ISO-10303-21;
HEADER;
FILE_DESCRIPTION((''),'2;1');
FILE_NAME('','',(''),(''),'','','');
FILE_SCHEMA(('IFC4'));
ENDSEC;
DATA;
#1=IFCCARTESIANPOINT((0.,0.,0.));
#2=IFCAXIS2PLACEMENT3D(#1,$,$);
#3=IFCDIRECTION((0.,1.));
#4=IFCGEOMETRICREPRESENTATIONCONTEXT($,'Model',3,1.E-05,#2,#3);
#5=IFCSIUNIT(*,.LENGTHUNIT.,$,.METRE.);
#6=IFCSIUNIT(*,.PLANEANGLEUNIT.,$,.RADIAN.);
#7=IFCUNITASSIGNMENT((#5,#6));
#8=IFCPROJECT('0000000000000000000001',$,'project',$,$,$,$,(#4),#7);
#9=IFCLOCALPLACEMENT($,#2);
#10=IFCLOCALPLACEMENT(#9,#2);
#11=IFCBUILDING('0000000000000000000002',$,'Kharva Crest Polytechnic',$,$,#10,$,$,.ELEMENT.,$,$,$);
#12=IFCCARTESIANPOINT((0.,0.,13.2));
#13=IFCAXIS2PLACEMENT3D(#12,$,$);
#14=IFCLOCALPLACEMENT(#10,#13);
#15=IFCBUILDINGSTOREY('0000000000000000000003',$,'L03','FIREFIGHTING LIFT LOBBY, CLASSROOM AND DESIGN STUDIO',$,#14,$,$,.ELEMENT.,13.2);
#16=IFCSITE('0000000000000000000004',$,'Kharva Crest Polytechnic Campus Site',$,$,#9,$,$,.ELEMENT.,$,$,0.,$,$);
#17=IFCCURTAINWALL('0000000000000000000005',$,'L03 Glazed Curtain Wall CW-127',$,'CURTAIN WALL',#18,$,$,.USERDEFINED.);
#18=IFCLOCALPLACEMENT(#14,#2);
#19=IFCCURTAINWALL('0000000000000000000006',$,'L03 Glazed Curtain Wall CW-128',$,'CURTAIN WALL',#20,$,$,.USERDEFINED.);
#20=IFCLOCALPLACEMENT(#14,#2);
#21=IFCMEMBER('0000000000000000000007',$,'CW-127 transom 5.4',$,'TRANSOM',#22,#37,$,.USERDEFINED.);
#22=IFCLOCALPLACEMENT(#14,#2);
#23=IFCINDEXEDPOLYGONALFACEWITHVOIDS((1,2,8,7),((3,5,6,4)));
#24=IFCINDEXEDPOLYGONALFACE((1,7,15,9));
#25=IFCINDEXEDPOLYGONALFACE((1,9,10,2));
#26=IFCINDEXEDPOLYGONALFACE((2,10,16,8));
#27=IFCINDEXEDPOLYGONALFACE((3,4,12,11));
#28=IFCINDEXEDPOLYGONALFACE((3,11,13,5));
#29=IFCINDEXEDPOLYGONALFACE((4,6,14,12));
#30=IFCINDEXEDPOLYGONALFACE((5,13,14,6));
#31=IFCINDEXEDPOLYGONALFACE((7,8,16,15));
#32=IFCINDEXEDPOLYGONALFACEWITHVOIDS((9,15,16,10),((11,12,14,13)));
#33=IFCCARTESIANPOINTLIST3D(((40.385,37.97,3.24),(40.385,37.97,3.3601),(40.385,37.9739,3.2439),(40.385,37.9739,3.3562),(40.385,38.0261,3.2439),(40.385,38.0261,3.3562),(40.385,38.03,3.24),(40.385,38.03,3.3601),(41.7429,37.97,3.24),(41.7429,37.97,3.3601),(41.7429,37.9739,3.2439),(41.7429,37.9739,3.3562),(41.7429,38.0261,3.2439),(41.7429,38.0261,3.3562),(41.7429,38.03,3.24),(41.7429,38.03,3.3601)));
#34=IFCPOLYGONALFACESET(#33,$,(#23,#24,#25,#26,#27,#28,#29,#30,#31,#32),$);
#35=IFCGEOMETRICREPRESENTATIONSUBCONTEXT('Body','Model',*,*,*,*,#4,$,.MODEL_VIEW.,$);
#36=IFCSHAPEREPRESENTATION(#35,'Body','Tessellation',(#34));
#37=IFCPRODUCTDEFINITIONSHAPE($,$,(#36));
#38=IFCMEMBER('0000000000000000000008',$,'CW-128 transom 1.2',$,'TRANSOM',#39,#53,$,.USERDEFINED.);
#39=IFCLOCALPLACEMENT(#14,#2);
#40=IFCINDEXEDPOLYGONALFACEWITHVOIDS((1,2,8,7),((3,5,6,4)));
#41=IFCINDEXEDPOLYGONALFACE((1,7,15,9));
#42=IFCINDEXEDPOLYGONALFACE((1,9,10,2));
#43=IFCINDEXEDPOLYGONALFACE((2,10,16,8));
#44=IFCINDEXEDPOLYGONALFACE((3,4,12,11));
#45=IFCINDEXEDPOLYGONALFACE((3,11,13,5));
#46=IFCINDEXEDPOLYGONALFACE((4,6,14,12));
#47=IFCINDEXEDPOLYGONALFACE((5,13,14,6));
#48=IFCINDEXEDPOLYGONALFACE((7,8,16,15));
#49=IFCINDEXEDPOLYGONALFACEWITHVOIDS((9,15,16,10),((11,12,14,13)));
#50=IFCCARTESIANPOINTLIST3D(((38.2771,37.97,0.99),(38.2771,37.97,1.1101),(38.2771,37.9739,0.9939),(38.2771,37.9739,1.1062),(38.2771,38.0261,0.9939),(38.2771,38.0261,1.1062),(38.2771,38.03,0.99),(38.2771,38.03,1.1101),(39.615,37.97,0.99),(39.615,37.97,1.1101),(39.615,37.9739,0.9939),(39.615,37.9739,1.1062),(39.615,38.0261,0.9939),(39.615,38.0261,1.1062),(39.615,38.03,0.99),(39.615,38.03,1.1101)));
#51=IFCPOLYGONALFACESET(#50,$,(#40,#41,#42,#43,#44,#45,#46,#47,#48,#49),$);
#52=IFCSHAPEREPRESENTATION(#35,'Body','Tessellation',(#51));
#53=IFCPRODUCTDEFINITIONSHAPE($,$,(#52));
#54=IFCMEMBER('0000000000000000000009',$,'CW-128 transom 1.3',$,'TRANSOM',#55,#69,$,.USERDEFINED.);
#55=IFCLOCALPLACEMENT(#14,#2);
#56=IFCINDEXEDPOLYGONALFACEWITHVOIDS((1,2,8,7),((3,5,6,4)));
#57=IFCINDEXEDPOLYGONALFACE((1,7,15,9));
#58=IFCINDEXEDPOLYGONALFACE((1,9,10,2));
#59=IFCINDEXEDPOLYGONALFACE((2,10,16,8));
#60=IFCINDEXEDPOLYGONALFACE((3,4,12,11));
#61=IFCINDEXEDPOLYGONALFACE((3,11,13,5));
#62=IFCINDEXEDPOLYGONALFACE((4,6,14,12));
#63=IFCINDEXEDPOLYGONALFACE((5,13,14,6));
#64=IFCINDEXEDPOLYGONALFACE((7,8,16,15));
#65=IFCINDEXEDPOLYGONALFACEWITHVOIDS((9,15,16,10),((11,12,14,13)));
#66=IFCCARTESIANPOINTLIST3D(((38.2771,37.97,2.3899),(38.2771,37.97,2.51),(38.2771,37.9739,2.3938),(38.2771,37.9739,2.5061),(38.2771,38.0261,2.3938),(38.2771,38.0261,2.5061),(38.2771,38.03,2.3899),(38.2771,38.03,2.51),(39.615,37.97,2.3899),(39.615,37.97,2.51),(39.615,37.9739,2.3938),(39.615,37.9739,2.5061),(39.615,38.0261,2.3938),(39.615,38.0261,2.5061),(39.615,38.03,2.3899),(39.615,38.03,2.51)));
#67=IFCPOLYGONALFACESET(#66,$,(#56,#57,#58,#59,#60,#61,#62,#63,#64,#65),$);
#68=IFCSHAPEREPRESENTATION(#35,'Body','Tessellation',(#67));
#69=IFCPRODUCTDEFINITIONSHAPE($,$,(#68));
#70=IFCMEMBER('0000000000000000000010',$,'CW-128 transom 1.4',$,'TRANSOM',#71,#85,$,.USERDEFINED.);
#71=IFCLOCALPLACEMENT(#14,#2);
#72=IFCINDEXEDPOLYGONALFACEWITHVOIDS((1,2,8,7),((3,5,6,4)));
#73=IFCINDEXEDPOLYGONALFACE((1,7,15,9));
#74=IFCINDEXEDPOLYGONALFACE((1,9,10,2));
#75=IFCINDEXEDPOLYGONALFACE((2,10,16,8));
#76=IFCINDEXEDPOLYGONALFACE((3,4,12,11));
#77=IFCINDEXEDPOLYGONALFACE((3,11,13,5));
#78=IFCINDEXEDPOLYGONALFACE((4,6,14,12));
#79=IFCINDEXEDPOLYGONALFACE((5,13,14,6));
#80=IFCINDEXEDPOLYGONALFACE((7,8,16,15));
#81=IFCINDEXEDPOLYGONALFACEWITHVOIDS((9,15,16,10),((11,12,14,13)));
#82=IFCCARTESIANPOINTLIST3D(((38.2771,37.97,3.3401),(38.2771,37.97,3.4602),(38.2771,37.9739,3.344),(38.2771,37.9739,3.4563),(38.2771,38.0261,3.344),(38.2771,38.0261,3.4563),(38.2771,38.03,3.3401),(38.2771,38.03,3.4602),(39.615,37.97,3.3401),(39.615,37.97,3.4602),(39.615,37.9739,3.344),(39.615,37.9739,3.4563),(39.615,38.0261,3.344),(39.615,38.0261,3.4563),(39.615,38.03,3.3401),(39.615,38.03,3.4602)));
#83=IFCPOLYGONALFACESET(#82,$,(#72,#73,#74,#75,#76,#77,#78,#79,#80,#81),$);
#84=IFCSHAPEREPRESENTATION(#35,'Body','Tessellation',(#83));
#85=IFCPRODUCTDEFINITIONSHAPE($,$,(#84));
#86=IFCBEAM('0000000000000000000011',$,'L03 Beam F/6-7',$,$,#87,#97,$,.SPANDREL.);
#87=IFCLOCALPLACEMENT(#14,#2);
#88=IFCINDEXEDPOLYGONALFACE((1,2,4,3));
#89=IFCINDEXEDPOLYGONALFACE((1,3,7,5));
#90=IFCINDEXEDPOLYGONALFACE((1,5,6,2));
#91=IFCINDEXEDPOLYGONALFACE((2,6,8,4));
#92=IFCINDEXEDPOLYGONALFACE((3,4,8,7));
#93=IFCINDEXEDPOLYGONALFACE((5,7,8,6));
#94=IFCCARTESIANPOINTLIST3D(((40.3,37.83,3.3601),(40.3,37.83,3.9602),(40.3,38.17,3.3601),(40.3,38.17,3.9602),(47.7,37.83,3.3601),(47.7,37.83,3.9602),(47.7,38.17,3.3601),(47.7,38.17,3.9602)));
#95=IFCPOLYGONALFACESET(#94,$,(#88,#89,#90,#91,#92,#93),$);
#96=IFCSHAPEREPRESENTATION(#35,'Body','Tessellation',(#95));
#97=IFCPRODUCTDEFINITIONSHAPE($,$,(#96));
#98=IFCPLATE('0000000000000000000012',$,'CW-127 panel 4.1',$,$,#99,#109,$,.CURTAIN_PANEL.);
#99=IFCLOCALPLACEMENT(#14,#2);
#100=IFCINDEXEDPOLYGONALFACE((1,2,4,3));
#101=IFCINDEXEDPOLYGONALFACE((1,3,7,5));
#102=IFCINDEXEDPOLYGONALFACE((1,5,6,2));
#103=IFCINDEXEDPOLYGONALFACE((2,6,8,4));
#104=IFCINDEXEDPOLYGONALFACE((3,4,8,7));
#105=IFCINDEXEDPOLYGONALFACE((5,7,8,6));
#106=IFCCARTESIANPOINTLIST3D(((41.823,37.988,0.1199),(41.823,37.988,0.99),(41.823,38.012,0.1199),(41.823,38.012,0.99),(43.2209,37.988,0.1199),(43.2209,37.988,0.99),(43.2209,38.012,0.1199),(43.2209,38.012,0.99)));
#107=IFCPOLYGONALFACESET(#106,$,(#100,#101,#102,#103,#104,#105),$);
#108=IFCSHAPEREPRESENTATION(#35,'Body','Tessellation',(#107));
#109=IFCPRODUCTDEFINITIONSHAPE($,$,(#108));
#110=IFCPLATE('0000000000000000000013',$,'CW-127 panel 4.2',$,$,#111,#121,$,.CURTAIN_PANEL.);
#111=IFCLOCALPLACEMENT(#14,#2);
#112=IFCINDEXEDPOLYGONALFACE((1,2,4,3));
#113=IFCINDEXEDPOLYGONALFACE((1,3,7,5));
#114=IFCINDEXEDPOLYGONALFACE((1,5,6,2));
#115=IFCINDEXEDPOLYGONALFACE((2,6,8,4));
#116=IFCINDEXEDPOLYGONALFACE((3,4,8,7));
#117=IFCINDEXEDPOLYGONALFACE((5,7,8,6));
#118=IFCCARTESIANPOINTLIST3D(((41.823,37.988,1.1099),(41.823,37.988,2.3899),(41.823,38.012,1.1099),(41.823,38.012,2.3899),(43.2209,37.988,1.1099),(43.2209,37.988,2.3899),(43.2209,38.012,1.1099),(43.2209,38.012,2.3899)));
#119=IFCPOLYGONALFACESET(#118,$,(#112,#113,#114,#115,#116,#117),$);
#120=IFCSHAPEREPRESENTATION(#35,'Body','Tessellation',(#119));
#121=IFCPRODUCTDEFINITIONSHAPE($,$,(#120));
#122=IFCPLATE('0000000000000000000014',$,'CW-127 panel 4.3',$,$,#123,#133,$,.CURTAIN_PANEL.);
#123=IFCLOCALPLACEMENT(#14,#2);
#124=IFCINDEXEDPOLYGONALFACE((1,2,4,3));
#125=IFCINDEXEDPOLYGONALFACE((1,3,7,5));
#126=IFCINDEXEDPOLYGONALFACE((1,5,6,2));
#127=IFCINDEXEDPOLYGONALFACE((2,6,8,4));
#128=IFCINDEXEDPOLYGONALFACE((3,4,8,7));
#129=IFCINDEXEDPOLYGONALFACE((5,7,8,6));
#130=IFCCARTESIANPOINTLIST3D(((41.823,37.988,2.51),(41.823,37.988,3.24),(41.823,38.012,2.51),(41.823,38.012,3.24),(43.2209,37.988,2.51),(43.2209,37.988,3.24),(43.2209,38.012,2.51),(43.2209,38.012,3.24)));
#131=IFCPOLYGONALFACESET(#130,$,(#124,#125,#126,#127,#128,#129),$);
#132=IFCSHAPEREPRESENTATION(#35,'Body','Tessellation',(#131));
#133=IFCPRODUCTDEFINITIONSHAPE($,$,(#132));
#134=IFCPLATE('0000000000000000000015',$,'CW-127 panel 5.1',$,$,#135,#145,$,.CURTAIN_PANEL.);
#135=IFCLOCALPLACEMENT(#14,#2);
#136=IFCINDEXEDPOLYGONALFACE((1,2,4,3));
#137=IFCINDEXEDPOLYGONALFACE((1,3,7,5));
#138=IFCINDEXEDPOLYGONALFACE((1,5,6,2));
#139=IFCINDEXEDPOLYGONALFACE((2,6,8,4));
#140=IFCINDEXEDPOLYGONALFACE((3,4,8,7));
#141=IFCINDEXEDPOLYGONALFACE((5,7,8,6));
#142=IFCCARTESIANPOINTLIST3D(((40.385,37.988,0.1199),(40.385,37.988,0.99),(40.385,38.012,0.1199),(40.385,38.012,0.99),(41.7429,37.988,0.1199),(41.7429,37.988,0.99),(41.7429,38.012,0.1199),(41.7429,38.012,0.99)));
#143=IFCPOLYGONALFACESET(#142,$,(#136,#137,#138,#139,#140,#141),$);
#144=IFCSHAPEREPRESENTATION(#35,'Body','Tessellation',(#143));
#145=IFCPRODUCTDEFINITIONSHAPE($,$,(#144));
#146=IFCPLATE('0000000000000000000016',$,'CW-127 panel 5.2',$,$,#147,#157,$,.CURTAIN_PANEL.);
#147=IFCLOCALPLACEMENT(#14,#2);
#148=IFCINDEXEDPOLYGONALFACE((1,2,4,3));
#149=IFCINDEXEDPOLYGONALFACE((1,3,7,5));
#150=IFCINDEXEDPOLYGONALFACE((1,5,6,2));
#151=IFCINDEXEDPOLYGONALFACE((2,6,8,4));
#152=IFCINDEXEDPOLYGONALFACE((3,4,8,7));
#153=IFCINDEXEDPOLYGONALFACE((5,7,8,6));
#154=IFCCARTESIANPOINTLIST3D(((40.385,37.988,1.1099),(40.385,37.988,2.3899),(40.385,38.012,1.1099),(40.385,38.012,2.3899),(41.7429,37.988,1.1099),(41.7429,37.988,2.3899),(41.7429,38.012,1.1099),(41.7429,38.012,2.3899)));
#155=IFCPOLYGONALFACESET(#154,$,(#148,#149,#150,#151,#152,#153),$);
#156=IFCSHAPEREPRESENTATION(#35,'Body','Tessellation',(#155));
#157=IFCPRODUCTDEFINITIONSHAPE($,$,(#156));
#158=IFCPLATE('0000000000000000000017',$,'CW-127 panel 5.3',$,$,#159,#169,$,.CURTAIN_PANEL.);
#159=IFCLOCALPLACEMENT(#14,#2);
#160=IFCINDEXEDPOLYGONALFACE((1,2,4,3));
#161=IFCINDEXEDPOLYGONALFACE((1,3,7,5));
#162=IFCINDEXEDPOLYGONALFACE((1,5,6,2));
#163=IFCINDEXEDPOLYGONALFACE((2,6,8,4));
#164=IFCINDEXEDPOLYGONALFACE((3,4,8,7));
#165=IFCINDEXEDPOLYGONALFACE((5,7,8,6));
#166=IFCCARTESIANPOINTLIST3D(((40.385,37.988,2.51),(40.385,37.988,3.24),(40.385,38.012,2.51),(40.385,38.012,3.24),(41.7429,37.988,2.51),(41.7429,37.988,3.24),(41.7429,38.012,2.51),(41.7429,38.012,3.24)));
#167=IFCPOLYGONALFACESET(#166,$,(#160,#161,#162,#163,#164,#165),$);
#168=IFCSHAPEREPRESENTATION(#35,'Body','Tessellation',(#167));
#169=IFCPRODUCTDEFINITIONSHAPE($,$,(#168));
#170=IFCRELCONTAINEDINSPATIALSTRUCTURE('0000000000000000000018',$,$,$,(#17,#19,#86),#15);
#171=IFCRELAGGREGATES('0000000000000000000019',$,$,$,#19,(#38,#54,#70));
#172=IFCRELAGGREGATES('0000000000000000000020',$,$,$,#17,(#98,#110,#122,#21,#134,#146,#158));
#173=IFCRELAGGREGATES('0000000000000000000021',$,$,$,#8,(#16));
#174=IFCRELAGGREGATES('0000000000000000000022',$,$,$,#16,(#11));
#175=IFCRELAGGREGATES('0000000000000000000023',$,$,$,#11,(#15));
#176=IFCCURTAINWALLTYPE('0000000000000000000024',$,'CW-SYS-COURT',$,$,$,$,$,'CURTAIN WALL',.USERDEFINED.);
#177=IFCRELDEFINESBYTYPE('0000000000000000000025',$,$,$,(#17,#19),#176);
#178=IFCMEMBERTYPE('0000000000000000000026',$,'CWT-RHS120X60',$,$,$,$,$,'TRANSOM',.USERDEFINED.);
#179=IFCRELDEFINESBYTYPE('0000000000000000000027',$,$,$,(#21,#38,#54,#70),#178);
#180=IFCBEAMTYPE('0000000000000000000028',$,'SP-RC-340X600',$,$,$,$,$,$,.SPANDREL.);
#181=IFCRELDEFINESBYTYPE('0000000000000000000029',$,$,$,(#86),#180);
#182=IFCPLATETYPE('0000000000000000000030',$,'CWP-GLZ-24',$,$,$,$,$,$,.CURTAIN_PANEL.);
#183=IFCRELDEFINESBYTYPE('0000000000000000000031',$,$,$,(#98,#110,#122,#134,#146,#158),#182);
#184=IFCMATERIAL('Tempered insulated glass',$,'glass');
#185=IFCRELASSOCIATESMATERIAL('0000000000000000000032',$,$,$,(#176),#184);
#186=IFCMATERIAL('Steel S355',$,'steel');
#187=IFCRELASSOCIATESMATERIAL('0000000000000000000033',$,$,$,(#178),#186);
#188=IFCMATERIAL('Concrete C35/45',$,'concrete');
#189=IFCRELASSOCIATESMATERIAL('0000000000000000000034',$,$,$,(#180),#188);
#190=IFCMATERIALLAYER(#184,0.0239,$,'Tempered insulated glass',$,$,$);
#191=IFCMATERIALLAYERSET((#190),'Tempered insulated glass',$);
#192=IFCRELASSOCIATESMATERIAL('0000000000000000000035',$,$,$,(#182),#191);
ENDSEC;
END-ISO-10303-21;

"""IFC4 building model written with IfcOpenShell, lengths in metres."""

from ifc_helpers import new_model, si_unit, direction, frame, origin, origin_2d, place, context, subcontext, project, spatial, rectangle, hollow_rectangle, extrude, material, layer, layer_set, material_profile, profile_set, type_object, element, aggregate, save


model = new_model("IFC4")

# Units and contexts
model_context = context("Model", 3, precision=1e-05, world=origin(), true_north=direction((0.0, 1.0)))
body_context = subcontext(model_context, "Body", "Model", "MODEL_VIEW")
ifc_project = project(units=[si_unit("LENGTHUNIT", "METRE"), si_unit("PLANEANGLEUNIT", "RADIAN")], contexts=[model_context])

# Site, building, storey
site_placement = place(None, origin())
site = spatial("IfcSite", under=ifc_project, at=site_placement, Name="Kharva Crest Polytechnic Campus Site", CompositionType="ELEMENT", RefElevation=0.0)
building_placement = place(site_placement, origin())
building = spatial("IfcBuilding", under=site, at=building_placement, Name="Kharva Crest Polytechnic", CompositionType="ELEMENT")
storey_placement = place(building_placement, frame((0.0, 0.0, 13.2)))
storey = spatial("IfcBuildingStorey", under=building, at=storey_placement, Name="L03", Description="FIREFIGHTING LIFT LOBBY, CLASSROOM AND DESIGN STUDIO", CompositionType="ELEMENT", Elevation=13.2)

# Shared definitions
ifc_material_1 = material(Name="Concrete C35/45", Category="concrete")

# Curtain wall
ifc_material_2 = material(Name="Tempered insulated glass", Category="glass")
curtain_wall_type = type_object("IfcCurtainWallType", Name="CW-SYS-COURT", ElementType="CURTAIN WALL", PredefinedType="USERDEFINED", material=ifc_material_2)
curtain_wall_1_placement = place(storey_placement, origin())
curtain_wall_1 = element("IfcCurtainWall", 1, at=curtain_wall_1_placement, inside=storey, type_object=curtain_wall_type, Name="L03 Glazed Curtain Wall CW-127", ObjectType="CURTAIN WALL", PredefinedType="USERDEFINED")
ifc_material_3 = material(Name="Steel S355", Category="steel")

# Curtain wall
curtain_wall_2_placement = place(storey_placement, origin())
curtain_wall_2 = element("IfcCurtainWall", 2, at=curtain_wall_2_placement, inside=storey, type_object=curtain_wall_type, Name="L03 Glazed Curtain Wall CW-128", ObjectType="CURTAIN WALL", PredefinedType="USERDEFINED")

# Members
ifc_material_profile_1 = material_profile(ifc_material_3, hollow_rectangle(XDim=0.0601, YDim=0.1201, WallThickness=0.0039, at=origin_2d()), Name="RHS 120X60X4.0")
ifc_profile_set_1 = profile_set([ifc_material_profile_1], Name="Steel S355")
member_type_1 = type_object("IfcMemberType", Name="CWT-RHS120X60", ElementType="TRANSOM", PredefinedType="USERDEFINED", material=ifc_profile_set_1)
member_1_placement = place(storey_placement, frame((41.7429, 38.0, 3.3), z_axis=(-1.0, 0.0, 0.0), x_axis=(0.0, -1.0, 0.0)))
member_1 = element("IfcMember", 3, at=member_1_placement, type_object=member_type_1, Name="CW-127 transom 5.4", ObjectType="TRANSOM", PredefinedType="USERDEFINED", context=body_context, shape_type="SweptSolid", body=[
    extrude(hollow_rectangle(XDim=0.0601, YDim=0.1201, WallThickness=0.0039, at=origin_2d()), origin(), (0.0, 0.0, 1.0), 1.3579),
])
member_2_placement = place(storey_placement, frame((39.615, 38.0, 1.05), z_axis=(-1.0, 0.0, 0.0), x_axis=(0.0, -1.0, 0.0)))
member_2 = element("IfcMember", 4, at=member_2_placement, type_object=member_type_1, Name="CW-128 transom 1.2", ObjectType="TRANSOM", PredefinedType="USERDEFINED", context=body_context, shape_type="SweptSolid", body=[
    extrude(hollow_rectangle(XDim=0.0601, YDim=0.1201, WallThickness=0.0039, at=origin_2d()), origin(), (0.0, 0.0, 1.0), 1.3379),
])
member_3_placement = place(storey_placement, frame((39.615, 38.0, 2.45), z_axis=(-1.0, 0.0, 0.0), x_axis=(0.0, -1.0, 0.0)))
member_3 = element("IfcMember", 5, at=member_3_placement, type_object=member_type_1, Name="CW-128 transom 1.3", ObjectType="TRANSOM", PredefinedType="USERDEFINED", context=body_context, shape_type="SweptSolid", body=[
    extrude(hollow_rectangle(XDim=0.0601, YDim=0.1201, WallThickness=0.0039, at=origin_2d()), origin(), (0.0, 0.0, 1.0), 1.3379),
])
member_4_placement = place(storey_placement, frame((39.615, 38.0, 3.4001), z_axis=(-1.0, 0.0, 0.0), x_axis=(0.0, -1.0, 0.0)))
member_4 = element("IfcMember", 6, at=member_4_placement, type_object=member_type_1, Name="CW-128 transom 1.4", ObjectType="TRANSOM", PredefinedType="USERDEFINED", context=body_context, shape_type="SweptSolid", body=[
    extrude(hollow_rectangle(XDim=0.0601, YDim=0.1201, WallThickness=0.0039, at=origin_2d()), origin(), (0.0, 0.0, 1.0), 1.3379),
])
aggregate(curtain_wall_2, [member_2, member_3, member_4])

# Beam
ifc_material_profile_2 = material_profile(ifc_material_1, rectangle(XDim=0.3401, YDim=0.6001, at=origin_2d()), Name="RECT 340 X 600")
ifc_profile_set_2 = profile_set([ifc_material_profile_2], Name="Concrete C35/45")
beam_type_1 = type_object("IfcBeamType", Name="SP-RC-340X600", PredefinedType="SPANDREL", material=ifc_profile_set_2)
beam_1_placement = place(storey_placement, frame((40.3, 38.0, 3.6602), z_axis=(1.0, 0.0, 0.0), x_axis=(0.0, 1.0, 0.0)))
element("IfcBeam", 7, at=beam_1_placement, inside=storey, type_object=beam_type_1, Name="L03 Beam F/6-7", PredefinedType="SPANDREL", context=body_context, shape_type="SweptSolid", body=[
    extrude(rectangle(XDim=0.3401, YDim=0.6001, at=origin_2d()), origin(), (0.0, 0.0, 1.0), 7.3999),
])

# Plates
ifc_layer = layer(ifc_material_2, 0.0239, Name="Tempered insulated glass")
ifc_layer_set = layer_set([ifc_layer], Name="Tempered insulated glass")
plate_type = type_object("IfcPlateType", Name="CWP-GLZ-24", PredefinedType="CURTAIN_PANEL", material=ifc_layer_set)
plate_1_placement = place(storey_placement, frame((42.522, 38.0, 0.1199), z_axis=(0.0, 0.0, 1.0), x_axis=(-1.0, 0.0, 0.0)))
plate_1 = element("IfcPlate", 8, at=plate_1_placement, type_object=plate_type, Name="CW-127 panel 4.1", PredefinedType="CURTAIN_PANEL", context=body_context, shape_type="SweptSolid", body=[
    extrude(rectangle(XDim=1.3979, YDim=0.0239, at=origin_2d()), origin(), (0.0, 0.0, 1.0), 0.8701),
])
plate_2_placement = place(storey_placement, frame((42.522, 38.0, 1.1099), z_axis=(0.0, 0.0, 1.0), x_axis=(-1.0, 0.0, 0.0)))
plate_2 = element("IfcPlate", 9, at=plate_2_placement, type_object=plate_type, Name="CW-127 panel 4.2", PredefinedType="CURTAIN_PANEL", context=body_context, shape_type="SweptSolid", body=[
    extrude(rectangle(XDim=1.3979, YDim=0.0239, at=origin_2d()), origin(), (0.0, 0.0, 1.0), 1.28),
])
plate_3_placement = place(storey_placement, frame((42.522, 38.0, 2.51), z_axis=(0.0, 0.0, 1.0), x_axis=(-1.0, 0.0, 0.0)))
plate_3 = element("IfcPlate", 10, at=plate_3_placement, type_object=plate_type, Name="CW-127 panel 4.3", PredefinedType="CURTAIN_PANEL", context=body_context, shape_type="SweptSolid", body=[
    extrude(rectangle(XDim=1.3979, YDim=0.0239, at=origin_2d()), origin(), (0.0, 0.0, 1.0), 0.73),
])
plate_4_placement = place(storey_placement, frame((41.064, 38.0, 0.1199), z_axis=(0.0, 0.0, 1.0), x_axis=(-1.0, 0.0, 0.0)))
plate_4 = element("IfcPlate", 11, at=plate_4_placement, type_object=plate_type, Name="CW-127 panel 5.1", PredefinedType="CURTAIN_PANEL", context=body_context, shape_type="SweptSolid", body=[
    extrude(rectangle(XDim=1.3579, YDim=0.0239, at=origin_2d()), origin(), (0.0, 0.0, 1.0), 0.8701),
])
plate_5_placement = place(storey_placement, frame((41.064, 38.0, 1.1099), z_axis=(0.0, 0.0, 1.0), x_axis=(-1.0, 0.0, 0.0)))
plate_5 = element("IfcPlate", 12, at=plate_5_placement, type_object=plate_type, Name="CW-127 panel 5.2", PredefinedType="CURTAIN_PANEL", context=body_context, shape_type="SweptSolid", body=[
    extrude(rectangle(XDim=1.3579, YDim=0.0239, at=origin_2d()), origin(), (0.0, 0.0, 1.0), 1.28),
])
plate_6_placement = place(storey_placement, frame((41.064, 38.0, 2.51), z_axis=(0.0, 0.0, 1.0), x_axis=(-1.0, 0.0, 0.0)))
plate_6 = element("IfcPlate", 13, at=plate_6_placement, type_object=plate_type, Name="CW-127 panel 5.3", PredefinedType="CURTAIN_PANEL", context=body_context, shape_type="SweptSolid", body=[
    extrude(rectangle(XDim=1.3579, YDim=0.0239, at=origin_2d()), origin(), (0.0, 0.0, 1.0), 0.73),
])
aggregate(curtain_wall_1, [plate_1, plate_2, plate_3, member_1, plate_4, plate_5, plate_6])

save(model, "model.ifc")
